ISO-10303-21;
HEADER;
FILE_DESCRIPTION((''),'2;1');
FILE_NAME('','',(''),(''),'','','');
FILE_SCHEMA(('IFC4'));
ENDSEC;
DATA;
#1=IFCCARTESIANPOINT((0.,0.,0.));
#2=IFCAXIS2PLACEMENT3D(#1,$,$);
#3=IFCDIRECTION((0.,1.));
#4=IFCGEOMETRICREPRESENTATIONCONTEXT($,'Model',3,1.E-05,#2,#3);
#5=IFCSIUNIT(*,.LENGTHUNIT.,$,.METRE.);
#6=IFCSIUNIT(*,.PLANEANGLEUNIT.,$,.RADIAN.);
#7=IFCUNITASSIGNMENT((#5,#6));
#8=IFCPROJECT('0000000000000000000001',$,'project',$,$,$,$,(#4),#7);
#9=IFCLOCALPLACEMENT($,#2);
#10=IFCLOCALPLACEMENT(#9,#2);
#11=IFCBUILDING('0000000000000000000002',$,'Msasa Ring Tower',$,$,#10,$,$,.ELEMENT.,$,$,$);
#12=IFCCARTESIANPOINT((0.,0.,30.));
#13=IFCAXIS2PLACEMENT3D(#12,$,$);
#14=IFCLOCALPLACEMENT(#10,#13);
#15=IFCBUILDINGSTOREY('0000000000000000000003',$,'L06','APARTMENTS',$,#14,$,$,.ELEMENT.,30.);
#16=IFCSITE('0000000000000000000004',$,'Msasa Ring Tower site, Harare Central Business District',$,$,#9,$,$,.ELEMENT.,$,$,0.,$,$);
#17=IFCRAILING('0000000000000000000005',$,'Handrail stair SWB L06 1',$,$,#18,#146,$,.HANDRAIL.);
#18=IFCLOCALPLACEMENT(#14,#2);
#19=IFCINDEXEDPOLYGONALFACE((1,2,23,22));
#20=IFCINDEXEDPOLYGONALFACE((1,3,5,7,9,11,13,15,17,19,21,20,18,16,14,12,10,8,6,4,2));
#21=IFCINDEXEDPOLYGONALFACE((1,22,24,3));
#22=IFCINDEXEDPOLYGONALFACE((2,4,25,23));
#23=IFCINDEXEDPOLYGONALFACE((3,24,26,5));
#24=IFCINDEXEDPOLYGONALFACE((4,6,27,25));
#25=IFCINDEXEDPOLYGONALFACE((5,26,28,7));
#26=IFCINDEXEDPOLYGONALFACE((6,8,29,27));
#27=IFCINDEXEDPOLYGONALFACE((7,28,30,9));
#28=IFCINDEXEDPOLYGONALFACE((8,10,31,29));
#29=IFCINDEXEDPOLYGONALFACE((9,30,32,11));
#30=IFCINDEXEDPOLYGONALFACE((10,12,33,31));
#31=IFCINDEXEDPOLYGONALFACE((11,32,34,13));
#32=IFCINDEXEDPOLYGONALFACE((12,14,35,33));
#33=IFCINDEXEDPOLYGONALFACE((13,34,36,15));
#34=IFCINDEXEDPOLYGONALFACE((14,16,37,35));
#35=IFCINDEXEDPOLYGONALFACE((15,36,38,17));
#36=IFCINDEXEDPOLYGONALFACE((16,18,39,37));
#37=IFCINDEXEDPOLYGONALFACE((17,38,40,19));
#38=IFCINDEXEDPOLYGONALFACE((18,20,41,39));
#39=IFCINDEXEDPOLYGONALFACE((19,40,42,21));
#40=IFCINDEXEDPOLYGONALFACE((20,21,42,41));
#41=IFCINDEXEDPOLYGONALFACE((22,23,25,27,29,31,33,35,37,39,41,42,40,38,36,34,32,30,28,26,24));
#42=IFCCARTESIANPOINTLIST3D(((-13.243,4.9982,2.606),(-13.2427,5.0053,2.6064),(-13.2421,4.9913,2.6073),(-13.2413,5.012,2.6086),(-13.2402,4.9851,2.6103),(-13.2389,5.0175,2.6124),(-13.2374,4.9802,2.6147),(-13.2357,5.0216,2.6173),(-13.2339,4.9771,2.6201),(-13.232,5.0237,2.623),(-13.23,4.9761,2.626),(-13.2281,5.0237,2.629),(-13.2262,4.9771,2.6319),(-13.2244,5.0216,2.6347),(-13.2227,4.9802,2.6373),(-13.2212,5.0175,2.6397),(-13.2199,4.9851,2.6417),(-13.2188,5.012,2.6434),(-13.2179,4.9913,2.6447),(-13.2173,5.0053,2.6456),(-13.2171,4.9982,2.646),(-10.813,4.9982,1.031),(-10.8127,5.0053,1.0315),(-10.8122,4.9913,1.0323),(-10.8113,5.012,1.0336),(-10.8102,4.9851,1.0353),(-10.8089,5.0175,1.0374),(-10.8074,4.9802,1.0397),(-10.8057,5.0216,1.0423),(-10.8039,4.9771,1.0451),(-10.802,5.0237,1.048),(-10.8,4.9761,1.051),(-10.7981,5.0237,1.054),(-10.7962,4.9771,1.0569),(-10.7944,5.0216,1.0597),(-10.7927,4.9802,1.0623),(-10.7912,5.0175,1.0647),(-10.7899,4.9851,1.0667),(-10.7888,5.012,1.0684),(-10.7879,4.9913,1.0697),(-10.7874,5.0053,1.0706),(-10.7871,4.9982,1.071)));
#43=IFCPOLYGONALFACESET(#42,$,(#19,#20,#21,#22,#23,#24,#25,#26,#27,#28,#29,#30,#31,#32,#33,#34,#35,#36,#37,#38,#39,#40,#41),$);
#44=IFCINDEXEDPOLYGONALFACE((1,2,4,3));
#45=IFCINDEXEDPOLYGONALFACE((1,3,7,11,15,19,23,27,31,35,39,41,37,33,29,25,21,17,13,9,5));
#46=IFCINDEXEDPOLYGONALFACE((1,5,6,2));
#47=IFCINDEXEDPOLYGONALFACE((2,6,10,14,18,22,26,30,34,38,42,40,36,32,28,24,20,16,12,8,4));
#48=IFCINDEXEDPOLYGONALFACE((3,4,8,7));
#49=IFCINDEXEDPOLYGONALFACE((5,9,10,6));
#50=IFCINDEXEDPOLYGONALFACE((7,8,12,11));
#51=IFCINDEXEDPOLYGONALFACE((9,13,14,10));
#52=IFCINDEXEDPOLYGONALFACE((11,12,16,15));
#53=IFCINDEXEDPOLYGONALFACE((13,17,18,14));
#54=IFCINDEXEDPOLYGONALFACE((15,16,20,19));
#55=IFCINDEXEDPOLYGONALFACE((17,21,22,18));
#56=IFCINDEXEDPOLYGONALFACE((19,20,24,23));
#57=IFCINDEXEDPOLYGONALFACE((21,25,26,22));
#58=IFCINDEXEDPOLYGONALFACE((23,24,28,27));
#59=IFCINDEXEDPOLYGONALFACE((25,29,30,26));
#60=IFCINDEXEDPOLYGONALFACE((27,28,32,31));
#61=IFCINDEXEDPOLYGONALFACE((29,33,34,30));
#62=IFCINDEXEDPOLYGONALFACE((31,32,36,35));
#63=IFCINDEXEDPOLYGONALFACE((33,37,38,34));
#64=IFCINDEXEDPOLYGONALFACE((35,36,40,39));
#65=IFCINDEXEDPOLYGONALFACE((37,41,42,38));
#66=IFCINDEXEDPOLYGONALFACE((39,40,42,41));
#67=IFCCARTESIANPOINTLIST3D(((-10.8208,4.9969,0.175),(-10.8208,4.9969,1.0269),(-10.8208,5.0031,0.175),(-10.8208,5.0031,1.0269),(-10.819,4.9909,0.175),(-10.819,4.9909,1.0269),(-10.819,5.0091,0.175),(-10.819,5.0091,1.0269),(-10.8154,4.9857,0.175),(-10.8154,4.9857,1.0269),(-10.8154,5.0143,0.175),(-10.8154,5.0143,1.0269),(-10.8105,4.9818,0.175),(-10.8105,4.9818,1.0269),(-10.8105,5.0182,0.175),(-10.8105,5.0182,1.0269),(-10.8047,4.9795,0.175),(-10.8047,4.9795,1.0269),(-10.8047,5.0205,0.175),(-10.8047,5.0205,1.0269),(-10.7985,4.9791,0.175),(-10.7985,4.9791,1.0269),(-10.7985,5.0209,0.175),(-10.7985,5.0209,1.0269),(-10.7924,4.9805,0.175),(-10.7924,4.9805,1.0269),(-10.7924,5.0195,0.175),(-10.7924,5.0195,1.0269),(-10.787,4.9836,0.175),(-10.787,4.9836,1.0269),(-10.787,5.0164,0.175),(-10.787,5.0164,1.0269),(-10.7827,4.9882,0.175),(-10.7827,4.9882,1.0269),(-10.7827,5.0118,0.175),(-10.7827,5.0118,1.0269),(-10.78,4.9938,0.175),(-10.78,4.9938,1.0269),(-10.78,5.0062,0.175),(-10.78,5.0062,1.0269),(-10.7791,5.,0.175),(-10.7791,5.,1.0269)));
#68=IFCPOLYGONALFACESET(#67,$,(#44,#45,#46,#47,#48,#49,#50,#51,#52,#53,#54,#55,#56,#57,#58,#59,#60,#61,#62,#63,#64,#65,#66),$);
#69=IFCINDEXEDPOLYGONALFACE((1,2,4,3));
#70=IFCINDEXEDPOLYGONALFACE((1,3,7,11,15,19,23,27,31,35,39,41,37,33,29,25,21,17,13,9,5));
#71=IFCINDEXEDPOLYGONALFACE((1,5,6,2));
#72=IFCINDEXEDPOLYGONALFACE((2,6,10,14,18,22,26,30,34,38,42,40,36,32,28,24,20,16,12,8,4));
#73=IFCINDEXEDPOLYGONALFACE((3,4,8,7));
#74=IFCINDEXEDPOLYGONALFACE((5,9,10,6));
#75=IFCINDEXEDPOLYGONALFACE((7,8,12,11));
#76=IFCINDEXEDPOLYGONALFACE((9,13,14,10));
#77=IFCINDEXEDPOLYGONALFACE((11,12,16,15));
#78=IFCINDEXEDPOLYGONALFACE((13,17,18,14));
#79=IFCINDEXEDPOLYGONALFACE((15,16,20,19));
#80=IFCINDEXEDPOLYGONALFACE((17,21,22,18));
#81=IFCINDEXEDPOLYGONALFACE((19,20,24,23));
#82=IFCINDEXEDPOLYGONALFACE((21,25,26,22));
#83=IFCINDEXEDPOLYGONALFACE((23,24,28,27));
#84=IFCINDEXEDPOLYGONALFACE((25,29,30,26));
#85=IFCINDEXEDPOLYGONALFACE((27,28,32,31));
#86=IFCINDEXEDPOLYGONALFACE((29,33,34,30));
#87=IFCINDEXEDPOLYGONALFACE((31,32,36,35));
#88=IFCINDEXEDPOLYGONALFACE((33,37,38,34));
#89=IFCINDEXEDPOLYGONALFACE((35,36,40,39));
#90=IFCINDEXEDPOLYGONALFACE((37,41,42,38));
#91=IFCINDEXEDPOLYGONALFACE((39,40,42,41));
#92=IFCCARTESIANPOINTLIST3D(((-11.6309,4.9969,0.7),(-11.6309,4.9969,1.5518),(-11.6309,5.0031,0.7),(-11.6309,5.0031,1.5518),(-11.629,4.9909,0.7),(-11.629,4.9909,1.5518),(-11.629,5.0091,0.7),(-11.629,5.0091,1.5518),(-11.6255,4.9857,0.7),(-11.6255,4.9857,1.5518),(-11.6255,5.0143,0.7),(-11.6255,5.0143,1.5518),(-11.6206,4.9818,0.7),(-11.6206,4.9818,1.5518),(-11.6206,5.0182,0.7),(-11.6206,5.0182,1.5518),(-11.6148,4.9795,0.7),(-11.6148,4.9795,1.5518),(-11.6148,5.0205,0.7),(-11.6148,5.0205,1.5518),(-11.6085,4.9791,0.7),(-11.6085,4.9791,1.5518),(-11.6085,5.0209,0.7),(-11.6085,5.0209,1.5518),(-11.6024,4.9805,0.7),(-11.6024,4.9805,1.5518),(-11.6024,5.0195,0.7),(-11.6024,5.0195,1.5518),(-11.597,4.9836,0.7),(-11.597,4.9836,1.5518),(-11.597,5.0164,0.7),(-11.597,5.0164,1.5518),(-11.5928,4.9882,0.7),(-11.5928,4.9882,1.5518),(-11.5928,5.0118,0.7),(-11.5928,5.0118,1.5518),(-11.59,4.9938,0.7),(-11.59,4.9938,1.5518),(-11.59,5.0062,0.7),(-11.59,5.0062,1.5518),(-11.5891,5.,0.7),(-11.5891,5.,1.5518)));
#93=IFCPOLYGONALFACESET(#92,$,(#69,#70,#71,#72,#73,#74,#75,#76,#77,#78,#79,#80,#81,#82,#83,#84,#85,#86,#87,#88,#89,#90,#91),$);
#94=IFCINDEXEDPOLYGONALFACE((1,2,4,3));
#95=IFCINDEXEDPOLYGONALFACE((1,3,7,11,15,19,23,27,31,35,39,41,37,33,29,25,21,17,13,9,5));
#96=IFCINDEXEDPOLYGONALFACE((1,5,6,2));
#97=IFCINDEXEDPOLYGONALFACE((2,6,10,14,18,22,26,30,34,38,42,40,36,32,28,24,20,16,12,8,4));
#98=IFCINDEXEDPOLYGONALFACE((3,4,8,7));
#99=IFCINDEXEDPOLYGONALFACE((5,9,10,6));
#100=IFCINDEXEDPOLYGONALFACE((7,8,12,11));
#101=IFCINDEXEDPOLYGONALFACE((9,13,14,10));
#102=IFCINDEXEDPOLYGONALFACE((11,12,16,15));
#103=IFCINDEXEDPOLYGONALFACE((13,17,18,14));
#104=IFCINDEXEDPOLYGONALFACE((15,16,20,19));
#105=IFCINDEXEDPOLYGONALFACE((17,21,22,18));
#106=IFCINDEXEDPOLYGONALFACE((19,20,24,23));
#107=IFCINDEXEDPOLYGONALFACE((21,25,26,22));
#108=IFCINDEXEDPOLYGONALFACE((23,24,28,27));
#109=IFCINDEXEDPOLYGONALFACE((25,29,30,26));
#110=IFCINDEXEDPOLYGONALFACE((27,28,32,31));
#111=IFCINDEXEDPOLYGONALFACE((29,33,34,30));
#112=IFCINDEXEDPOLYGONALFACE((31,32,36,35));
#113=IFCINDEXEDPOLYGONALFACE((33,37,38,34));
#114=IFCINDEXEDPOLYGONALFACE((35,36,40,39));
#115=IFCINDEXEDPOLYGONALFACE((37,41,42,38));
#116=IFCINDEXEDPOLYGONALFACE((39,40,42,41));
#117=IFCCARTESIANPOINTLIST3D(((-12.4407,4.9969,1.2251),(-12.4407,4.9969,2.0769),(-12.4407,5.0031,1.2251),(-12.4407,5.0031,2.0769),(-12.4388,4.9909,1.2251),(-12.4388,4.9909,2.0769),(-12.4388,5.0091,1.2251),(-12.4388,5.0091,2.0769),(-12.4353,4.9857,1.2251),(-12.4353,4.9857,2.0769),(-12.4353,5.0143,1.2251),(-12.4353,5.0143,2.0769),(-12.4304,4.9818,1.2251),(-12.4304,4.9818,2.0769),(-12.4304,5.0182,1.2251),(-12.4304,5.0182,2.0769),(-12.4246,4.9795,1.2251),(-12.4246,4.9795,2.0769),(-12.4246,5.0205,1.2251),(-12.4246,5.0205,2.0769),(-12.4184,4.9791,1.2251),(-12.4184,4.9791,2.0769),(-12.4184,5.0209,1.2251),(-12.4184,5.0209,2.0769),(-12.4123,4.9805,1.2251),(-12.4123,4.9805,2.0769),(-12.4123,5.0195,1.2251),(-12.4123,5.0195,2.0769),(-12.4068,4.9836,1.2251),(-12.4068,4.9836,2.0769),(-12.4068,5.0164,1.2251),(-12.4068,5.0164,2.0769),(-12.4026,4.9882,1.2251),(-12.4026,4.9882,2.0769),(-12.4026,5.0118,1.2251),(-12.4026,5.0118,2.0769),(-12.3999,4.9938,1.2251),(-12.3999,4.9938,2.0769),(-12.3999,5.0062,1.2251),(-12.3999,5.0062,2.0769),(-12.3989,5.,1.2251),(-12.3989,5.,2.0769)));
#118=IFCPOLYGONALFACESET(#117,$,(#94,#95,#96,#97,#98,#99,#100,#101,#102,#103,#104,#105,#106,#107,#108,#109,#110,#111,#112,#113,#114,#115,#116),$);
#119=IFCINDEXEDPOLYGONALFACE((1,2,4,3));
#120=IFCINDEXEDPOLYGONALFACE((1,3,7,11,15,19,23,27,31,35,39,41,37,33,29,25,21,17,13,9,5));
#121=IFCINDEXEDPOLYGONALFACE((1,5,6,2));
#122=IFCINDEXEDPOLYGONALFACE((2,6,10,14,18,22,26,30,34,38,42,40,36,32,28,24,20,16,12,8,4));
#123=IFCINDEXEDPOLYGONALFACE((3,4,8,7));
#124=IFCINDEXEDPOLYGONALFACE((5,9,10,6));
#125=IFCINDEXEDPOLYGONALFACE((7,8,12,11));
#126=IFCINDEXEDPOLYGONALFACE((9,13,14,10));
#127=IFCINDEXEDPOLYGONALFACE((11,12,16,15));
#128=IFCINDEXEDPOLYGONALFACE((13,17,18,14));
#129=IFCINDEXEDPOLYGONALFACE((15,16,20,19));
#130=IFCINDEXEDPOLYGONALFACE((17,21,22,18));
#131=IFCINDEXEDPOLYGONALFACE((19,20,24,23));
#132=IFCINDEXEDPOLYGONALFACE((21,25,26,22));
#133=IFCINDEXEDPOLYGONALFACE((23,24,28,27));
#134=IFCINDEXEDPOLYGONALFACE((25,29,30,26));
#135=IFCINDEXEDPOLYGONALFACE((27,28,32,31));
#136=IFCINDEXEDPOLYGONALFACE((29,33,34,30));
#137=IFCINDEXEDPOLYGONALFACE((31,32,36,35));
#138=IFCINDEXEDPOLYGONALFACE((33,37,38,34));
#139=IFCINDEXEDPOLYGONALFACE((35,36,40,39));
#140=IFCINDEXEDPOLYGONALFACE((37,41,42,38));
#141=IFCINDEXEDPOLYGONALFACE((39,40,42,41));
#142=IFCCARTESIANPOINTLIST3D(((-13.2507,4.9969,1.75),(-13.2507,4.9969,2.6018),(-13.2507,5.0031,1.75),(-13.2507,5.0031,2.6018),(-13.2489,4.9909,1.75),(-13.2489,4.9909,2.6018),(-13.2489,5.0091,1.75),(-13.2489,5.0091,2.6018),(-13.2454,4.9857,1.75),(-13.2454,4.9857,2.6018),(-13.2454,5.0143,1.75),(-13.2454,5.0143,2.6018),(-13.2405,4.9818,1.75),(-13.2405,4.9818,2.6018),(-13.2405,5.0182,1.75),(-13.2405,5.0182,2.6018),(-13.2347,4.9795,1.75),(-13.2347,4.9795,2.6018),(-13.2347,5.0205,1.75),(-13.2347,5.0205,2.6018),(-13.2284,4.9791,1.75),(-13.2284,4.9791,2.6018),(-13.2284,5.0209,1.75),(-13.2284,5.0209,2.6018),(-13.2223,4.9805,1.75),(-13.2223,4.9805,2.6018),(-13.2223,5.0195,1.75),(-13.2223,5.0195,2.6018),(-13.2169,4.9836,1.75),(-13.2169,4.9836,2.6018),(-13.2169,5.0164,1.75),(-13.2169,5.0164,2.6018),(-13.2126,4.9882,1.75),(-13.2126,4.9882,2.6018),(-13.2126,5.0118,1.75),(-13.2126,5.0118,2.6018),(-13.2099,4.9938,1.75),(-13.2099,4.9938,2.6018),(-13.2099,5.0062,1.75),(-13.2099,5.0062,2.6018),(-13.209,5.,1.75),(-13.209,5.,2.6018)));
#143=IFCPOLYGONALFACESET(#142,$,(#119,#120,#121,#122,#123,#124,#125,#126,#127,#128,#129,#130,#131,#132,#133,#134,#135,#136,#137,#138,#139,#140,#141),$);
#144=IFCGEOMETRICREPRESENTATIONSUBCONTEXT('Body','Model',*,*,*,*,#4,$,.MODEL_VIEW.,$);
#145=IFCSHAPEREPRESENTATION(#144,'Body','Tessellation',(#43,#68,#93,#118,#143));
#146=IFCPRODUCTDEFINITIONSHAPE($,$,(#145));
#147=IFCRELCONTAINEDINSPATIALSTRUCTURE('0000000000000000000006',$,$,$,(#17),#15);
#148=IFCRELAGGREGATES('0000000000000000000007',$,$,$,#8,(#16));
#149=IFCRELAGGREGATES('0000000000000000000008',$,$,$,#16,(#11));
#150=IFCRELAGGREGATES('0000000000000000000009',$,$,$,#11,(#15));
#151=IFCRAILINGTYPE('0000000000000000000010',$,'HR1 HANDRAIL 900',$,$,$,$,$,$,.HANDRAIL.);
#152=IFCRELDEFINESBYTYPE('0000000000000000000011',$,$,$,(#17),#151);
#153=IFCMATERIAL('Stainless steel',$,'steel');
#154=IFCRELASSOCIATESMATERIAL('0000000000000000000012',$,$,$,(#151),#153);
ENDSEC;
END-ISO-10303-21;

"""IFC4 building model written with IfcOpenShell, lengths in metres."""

from ifc_helpers import new_model, si_unit, direction, frame, origin, origin_2d, place, context, subcontext, project, spatial, circle, extrude, material, type_object, element, save


model = new_model("IFC4")

# Units and contexts
model_context = context("Model", 3, precision=1e-05, world=origin(), true_north=direction((0.0, 1.0)))
body_context = subcontext(model_context, "Body", "Model", "MODEL_VIEW")
ifc_project = project(units=[si_unit("LENGTHUNIT", "METRE"), si_unit("PLANEANGLEUNIT", "RADIAN")], contexts=[model_context])

# Site, building, storey
site_placement = place(None, origin())
site = spatial("IfcSite", under=ifc_project, at=site_placement, Name="Msasa Ring Tower site, Harare Central Business District", CompositionType="ELEMENT", RefElevation=0.0)
building_placement = place(site_placement, origin())
building = spatial("IfcBuilding", under=site, at=building_placement, Name="Msasa Ring Tower", CompositionType="ELEMENT")
storey_placement = place(building_placement, frame((0.0, 0.0, 30.0)))
storey = spatial("IfcBuildingStorey", under=building, at=storey_placement, Name="L06", Description="APARTMENTS", CompositionType="ELEMENT", Elevation=30.0)

# Railing
ifc_material_1 = material(Name="Stainless steel", Category="steel")
railing_type = type_object("IfcRailingType", Name="HR1 HANDRAIL 900", PredefinedType="HANDRAIL", material=ifc_material_1)
for number, where, name in (
    (1, (-10.8, 5.0, 0.175), "Handrail stair SWB L06 1"),
):
    element("IfcRailing", number, at=place(storey_placement, frame(where)), inside=storey, type_object=railing_type, Name=name, PredefinedType="HANDRAIL", context=body_context, shape_type="SweptSolid", body=[
        extrude(circle(Radius=0.0239, at=origin_2d()), frame((0.0, 0.0, 0.876), z_axis=(-0.839154, 0.0, 0.543894), x_axis=(0.0, -1.0, 0.0)), (0.0, 0.0, 1.0), 2.8958),
        extrude(circle(Radius=0.021, at=origin_2d()), origin(), (0.0, 0.0, 1.0), 0.8518),
        extrude(circle(Radius=0.021, at=origin_2d()), frame((-0.8101, 0.0, 0.5249)), (0.0, 0.0, 1.0), 0.8518),
        extrude(circle(Radius=0.021, at=origin_2d()), frame((-1.6199, 0.0, 1.05)), (0.0, 0.0, 1.0), 0.8518),
        extrude(circle(Radius=0.021, at=origin_2d()), frame((-2.4299, 0.0, 1.575)), (0.0, 0.0, 1.0), 0.8518),
    ])

save(model, "model.ifc")
